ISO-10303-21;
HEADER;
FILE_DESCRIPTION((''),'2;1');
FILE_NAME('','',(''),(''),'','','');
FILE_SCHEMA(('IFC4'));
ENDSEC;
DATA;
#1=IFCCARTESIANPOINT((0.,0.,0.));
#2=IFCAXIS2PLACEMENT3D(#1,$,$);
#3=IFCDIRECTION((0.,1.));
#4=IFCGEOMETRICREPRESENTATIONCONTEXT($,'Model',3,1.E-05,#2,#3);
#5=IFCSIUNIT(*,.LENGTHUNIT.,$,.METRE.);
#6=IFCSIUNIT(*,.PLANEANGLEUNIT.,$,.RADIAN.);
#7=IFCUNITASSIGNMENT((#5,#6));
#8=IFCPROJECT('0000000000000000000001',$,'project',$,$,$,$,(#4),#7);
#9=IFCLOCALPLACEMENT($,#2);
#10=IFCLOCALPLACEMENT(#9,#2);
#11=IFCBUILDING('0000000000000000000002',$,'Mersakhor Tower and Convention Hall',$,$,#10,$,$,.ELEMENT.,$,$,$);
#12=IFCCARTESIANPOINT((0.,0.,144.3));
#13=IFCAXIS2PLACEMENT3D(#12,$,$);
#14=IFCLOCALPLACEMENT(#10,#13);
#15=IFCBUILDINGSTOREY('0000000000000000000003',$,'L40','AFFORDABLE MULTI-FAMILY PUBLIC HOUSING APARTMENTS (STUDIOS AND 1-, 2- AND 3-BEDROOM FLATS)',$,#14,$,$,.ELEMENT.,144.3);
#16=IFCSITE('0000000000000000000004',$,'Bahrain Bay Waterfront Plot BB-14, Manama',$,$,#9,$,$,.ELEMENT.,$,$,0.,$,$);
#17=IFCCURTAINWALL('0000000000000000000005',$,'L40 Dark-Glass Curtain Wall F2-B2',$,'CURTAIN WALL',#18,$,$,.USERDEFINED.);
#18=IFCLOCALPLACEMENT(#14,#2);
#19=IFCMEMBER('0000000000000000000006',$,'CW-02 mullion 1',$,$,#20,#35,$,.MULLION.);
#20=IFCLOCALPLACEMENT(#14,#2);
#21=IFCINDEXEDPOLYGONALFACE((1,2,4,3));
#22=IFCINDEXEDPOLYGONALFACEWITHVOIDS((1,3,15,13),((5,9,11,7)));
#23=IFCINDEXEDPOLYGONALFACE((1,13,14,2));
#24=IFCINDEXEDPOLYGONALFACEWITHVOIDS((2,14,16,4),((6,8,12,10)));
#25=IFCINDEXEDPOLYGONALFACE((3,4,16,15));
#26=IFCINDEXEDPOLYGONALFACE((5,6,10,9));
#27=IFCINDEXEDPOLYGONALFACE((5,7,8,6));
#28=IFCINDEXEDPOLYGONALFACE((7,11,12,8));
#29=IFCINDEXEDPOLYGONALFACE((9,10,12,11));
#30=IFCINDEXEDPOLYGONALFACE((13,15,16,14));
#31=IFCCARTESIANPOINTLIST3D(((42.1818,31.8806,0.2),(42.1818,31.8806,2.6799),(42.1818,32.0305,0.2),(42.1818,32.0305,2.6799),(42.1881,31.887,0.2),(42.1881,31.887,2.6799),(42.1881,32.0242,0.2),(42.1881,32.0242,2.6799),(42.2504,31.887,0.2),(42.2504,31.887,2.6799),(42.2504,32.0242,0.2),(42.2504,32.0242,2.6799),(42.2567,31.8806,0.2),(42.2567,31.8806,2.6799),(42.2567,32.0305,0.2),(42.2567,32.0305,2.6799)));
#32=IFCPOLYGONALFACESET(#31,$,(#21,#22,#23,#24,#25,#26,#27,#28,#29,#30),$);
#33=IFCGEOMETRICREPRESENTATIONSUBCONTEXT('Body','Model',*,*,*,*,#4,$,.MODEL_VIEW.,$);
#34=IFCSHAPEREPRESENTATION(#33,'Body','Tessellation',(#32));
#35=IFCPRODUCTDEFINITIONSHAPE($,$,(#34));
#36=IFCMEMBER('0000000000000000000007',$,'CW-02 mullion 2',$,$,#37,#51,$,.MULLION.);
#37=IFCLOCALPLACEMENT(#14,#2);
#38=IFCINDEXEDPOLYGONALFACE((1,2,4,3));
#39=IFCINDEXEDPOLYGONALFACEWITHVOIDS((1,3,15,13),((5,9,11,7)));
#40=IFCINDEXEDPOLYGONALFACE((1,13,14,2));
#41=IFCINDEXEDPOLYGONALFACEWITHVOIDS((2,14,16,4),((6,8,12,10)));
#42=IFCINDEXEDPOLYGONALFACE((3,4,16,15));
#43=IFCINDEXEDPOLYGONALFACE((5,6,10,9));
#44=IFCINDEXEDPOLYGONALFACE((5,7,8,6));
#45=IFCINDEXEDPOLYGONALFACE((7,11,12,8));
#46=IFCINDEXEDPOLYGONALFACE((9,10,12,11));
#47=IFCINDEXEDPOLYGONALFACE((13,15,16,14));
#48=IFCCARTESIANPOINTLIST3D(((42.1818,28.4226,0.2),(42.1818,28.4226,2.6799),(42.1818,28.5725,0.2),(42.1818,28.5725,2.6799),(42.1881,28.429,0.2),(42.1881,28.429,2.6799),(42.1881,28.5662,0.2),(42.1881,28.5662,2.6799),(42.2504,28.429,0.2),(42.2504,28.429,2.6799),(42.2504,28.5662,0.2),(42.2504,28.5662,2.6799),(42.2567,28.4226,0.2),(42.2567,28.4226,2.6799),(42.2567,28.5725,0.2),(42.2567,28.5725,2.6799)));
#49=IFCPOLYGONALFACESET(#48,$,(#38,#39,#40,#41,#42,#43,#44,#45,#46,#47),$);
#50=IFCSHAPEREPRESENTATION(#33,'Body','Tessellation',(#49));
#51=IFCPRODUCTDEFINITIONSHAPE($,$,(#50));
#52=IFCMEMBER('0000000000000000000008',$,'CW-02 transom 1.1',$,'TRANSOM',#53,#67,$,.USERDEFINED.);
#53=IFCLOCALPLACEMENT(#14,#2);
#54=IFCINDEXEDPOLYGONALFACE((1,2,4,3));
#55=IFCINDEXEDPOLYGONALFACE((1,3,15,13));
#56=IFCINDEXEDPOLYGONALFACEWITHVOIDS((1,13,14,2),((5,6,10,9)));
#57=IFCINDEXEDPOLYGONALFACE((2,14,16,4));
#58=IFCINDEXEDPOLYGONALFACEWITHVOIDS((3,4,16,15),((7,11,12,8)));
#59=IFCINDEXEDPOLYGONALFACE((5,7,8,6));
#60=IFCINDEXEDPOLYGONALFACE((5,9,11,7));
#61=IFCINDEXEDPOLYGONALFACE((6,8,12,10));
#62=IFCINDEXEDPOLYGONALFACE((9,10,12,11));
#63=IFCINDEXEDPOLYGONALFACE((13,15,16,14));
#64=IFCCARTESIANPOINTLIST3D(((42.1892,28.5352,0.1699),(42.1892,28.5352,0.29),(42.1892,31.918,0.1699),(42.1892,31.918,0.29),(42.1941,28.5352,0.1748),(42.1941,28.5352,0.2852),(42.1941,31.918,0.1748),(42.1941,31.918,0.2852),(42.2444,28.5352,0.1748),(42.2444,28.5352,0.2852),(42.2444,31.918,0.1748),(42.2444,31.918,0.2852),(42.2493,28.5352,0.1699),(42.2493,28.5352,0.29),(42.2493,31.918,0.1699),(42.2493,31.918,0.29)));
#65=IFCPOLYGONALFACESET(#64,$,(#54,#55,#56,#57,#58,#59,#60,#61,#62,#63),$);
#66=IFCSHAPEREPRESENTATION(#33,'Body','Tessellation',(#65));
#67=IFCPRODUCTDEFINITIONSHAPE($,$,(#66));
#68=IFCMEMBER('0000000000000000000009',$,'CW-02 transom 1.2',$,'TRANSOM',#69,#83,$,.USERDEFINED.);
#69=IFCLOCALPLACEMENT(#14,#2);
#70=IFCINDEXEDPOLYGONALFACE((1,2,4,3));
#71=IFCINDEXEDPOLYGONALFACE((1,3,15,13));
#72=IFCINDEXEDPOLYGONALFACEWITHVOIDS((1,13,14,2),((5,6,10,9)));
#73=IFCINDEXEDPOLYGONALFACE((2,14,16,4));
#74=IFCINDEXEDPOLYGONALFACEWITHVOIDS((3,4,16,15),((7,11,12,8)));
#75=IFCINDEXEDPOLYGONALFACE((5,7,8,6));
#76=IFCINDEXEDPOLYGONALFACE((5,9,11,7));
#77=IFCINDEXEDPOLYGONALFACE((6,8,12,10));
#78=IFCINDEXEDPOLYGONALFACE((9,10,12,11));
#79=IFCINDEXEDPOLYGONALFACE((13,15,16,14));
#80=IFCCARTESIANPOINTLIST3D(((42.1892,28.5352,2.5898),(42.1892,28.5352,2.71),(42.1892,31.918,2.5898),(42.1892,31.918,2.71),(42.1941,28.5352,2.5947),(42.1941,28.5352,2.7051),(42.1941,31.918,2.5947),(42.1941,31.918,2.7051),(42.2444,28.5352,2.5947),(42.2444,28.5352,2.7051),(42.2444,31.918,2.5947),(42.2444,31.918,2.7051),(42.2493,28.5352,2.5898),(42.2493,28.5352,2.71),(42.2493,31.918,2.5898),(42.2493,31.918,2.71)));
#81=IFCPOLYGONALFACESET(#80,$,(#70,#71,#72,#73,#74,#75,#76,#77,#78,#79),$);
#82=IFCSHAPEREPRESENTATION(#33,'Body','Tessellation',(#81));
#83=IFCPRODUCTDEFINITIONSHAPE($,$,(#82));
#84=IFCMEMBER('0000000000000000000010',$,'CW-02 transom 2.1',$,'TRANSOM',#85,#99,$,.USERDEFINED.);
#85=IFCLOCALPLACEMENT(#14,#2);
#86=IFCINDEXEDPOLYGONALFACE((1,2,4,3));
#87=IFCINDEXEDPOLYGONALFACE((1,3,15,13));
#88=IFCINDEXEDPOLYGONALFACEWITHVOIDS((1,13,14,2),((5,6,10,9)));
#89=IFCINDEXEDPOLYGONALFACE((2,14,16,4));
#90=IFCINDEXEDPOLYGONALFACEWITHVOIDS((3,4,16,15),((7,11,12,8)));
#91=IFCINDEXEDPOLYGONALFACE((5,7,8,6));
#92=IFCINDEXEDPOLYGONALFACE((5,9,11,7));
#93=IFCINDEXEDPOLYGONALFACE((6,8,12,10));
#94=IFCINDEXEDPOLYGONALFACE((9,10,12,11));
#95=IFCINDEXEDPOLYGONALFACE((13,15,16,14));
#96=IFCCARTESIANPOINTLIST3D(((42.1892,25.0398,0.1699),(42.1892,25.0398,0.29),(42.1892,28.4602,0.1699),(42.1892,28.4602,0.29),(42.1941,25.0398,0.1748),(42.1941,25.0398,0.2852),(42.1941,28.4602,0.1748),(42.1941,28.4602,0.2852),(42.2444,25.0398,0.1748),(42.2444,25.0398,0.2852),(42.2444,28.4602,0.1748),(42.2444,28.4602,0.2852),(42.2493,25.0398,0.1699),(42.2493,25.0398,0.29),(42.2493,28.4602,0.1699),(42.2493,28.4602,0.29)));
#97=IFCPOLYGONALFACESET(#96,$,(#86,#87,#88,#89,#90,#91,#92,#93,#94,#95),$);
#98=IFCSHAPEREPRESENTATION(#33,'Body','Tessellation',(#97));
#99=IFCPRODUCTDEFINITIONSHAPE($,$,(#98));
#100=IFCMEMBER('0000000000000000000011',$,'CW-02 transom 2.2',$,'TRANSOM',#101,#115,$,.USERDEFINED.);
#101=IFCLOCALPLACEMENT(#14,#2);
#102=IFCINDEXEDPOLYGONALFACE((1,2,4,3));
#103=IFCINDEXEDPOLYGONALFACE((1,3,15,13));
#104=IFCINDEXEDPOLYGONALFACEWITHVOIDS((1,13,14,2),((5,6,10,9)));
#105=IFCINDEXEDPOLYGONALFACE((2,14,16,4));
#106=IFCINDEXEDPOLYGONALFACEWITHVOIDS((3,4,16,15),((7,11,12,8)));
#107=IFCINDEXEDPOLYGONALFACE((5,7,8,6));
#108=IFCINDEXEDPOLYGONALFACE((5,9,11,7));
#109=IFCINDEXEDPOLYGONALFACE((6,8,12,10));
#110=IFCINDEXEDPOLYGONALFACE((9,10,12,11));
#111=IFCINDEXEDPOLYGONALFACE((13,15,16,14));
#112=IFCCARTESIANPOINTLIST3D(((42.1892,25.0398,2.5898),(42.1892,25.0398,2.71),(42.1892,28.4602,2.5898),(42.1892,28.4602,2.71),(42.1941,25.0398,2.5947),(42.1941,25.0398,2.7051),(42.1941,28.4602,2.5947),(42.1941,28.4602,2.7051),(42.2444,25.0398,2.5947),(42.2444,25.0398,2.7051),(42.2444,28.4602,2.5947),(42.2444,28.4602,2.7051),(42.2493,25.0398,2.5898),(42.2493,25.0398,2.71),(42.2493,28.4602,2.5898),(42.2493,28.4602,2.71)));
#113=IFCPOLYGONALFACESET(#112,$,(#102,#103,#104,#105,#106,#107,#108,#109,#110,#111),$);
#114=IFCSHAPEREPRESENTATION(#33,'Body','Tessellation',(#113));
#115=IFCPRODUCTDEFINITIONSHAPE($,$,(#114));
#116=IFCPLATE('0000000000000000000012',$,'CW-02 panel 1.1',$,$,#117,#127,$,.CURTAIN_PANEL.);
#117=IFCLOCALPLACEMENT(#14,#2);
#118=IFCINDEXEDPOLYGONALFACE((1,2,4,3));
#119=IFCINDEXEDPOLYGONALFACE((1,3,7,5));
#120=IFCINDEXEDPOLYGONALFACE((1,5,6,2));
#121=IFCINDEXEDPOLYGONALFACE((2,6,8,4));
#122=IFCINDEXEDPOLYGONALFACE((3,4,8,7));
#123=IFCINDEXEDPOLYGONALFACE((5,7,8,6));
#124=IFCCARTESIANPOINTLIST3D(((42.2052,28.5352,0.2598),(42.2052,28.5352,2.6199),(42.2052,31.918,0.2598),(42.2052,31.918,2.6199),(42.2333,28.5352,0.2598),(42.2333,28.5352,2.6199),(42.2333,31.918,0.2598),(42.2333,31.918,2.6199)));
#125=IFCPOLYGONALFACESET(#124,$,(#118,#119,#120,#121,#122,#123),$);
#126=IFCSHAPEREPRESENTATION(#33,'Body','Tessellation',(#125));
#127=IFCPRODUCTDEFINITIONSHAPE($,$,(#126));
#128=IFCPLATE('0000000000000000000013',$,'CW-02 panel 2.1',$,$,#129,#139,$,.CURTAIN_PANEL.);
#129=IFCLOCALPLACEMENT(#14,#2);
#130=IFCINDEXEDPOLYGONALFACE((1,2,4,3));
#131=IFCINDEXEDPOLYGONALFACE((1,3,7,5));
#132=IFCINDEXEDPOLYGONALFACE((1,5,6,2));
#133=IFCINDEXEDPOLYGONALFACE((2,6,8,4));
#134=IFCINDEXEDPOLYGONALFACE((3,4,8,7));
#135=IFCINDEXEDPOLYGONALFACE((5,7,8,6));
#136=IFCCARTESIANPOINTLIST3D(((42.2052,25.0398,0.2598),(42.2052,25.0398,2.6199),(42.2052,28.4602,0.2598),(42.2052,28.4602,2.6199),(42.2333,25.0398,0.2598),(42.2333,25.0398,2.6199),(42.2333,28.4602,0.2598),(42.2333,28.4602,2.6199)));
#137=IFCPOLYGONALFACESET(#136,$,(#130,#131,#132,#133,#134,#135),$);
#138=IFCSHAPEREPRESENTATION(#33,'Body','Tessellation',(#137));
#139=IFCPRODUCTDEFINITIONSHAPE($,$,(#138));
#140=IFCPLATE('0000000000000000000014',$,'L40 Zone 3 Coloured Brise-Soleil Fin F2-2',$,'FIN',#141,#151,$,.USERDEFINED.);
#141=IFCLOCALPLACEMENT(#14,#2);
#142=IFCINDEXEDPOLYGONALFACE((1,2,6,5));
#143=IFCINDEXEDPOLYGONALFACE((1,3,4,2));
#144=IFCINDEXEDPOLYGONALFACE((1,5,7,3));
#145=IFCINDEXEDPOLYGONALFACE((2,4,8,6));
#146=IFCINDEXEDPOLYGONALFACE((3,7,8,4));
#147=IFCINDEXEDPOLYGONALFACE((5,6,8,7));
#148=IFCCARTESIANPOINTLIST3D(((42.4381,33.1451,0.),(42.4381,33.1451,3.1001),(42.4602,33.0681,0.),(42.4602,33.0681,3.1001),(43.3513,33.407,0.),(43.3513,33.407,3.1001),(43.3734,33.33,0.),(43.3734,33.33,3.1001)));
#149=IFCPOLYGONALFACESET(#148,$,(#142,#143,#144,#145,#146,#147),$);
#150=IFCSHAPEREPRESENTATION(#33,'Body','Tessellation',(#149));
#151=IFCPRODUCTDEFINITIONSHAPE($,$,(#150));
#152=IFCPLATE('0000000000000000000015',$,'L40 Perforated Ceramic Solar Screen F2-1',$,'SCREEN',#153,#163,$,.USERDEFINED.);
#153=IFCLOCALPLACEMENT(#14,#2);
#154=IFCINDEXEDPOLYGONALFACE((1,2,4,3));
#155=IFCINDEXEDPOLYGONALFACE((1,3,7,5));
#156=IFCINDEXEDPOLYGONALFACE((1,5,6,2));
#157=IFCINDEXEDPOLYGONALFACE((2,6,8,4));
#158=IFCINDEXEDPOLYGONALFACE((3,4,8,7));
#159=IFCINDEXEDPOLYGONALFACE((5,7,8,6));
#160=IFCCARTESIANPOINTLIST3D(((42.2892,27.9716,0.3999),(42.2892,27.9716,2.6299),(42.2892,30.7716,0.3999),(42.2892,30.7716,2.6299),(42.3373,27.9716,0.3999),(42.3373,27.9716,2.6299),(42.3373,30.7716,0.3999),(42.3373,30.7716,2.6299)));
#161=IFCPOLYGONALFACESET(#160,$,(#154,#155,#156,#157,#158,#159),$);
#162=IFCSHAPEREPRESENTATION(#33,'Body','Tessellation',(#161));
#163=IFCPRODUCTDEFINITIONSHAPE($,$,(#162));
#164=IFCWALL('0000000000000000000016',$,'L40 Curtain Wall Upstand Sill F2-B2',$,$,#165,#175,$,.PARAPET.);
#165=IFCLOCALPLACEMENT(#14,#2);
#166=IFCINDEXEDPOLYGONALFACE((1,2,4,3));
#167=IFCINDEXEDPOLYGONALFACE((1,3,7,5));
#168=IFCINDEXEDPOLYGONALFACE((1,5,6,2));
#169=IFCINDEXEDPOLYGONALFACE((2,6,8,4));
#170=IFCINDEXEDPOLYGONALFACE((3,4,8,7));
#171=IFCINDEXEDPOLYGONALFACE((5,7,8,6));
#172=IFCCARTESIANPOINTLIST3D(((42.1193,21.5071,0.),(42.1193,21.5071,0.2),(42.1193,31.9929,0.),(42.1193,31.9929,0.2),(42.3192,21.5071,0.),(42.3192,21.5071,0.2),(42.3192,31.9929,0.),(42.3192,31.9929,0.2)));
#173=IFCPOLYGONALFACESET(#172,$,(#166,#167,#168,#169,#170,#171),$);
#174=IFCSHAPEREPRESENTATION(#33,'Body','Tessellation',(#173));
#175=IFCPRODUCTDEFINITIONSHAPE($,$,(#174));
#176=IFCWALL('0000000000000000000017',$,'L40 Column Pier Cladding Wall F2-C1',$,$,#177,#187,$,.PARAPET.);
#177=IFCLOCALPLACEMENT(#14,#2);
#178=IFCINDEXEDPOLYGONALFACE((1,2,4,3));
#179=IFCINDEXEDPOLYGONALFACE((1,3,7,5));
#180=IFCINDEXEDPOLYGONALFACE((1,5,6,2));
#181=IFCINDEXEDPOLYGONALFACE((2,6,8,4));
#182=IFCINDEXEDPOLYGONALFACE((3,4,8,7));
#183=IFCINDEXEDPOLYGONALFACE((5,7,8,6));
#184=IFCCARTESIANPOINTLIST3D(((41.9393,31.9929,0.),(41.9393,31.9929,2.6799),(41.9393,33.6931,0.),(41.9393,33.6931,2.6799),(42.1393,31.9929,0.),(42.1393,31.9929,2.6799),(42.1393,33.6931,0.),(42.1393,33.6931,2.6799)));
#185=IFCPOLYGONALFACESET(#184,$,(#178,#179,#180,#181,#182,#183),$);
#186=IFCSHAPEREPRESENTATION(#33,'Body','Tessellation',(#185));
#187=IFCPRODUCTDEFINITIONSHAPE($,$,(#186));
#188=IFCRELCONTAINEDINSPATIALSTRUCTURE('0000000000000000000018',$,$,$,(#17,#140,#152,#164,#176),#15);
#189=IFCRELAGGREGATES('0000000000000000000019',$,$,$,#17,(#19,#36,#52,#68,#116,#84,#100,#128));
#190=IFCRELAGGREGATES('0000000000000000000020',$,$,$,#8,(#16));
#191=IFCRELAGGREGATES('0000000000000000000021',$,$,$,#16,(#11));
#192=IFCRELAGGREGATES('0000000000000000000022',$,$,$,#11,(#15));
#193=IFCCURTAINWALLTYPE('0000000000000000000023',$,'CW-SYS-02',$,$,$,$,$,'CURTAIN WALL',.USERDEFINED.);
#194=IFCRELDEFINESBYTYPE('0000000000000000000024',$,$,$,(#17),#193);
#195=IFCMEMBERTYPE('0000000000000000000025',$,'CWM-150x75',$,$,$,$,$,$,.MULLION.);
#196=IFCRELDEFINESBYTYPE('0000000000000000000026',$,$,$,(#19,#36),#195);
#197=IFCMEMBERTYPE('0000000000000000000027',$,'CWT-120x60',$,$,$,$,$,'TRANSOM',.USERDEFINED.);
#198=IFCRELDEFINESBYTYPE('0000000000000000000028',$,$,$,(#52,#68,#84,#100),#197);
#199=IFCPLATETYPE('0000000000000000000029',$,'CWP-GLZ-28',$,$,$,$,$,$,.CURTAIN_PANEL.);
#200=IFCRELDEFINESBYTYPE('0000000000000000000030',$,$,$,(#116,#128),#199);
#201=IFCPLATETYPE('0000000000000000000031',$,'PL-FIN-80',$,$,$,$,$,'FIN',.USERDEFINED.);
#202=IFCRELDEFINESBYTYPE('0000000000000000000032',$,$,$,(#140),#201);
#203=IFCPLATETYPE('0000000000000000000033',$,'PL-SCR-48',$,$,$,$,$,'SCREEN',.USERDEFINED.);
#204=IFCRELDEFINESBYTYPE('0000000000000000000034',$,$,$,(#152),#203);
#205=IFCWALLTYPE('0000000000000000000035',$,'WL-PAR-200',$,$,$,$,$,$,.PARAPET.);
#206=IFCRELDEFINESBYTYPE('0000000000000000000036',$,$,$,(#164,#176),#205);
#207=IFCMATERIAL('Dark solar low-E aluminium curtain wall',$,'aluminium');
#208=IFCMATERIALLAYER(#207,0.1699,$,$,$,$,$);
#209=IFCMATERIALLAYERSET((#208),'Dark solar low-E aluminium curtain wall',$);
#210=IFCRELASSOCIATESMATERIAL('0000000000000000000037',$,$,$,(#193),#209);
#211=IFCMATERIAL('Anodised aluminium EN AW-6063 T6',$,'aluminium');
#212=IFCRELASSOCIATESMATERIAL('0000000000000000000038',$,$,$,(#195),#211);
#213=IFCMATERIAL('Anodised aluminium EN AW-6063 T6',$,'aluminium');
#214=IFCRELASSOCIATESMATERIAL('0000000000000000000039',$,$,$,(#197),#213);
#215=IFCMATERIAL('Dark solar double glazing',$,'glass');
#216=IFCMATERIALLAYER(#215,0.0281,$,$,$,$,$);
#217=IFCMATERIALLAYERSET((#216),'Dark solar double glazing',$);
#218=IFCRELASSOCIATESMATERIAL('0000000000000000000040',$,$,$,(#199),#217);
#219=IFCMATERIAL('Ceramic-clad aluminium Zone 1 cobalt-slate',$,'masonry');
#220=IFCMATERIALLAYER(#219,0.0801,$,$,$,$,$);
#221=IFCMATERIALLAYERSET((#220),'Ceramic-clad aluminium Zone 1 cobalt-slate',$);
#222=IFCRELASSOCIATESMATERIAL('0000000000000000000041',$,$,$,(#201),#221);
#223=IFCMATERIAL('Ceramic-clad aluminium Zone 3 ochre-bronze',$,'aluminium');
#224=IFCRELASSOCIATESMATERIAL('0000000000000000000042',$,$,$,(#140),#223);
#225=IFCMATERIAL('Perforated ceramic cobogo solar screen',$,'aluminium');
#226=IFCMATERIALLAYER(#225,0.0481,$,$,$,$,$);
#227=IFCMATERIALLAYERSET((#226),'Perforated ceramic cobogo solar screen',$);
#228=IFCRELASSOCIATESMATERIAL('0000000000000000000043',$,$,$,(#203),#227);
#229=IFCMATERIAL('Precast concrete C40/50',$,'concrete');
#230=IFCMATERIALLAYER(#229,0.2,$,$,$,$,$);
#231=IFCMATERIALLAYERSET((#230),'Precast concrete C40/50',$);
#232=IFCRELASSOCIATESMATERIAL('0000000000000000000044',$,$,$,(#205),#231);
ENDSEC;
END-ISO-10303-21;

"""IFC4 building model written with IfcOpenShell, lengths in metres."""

from ifc_helpers import new_model, si_unit, direction, frame, frame_2d, origin, origin_2d, place, context, subcontext, project, spatial, rectangle, hollow_rectangle, extrude, material, layer, layer_set, material_profile, profile_set, type_object, element, aggregate, save


model = new_model("IFC4")

# Units and contexts
model_context = context("Model", 3, precision=1e-05, world=origin(), true_north=direction((0.0, 1.0)))
body_context = subcontext(model_context, "Body", "Model", "MODEL_VIEW")
ifc_project = project(units=[si_unit("LENGTHUNIT", "METRE"), si_unit("PLANEANGLEUNIT", "RADIAN")], contexts=[model_context])

# Site, building, storey
site_placement = place(None, origin())
site = spatial("IfcSite", under=ifc_project, at=site_placement, Name="Bahrain Bay Waterfront Plot BB-14, Manama", CompositionType="ELEMENT", RefElevation=0.0)
building_placement = place(site_placement, origin())
building = spatial("IfcBuilding", under=site, at=building_placement, Name="Mersakhor Tower and Convention Hall", CompositionType="ELEMENT")
storey_placement = place(building_placement, frame((0.0, 0.0, 144.3)))
storey = spatial("IfcBuildingStorey", under=building, at=storey_placement, Name="L40", Description="AFFORDABLE MULTI-FAMILY PUBLIC HOUSING APARTMENTS (STUDIOS AND 1-, 2- AND 3-BEDROOM FLATS)", CompositionType="ELEMENT", Elevation=144.3)

# Curtain wall, members, plates
ifc_material_1 = material(Name="Dark solar low-E aluminium curtain wall", Category="aluminium")
ifc_layer_1 = layer(ifc_material_1, 0.1699)
ifc_layer_set_1 = layer_set([ifc_layer_1], Name="Dark solar low-E aluminium curtain wall")
curtain_wall_type = type_object("IfcCurtainWallType", Name="CW-SYS-02", ElementType="CURTAIN WALL", PredefinedType="USERDEFINED", material=ifc_layer_set_1)
curtain_wall_placement = place(storey_placement, origin())
curtain_wall = element("IfcCurtainWall", 1, at=curtain_wall_placement, inside=storey, type_object=curtain_wall_type, Name="L40 Dark-Glass Curtain Wall F2-B2", ObjectType="CURTAIN WALL", PredefinedType="USERDEFINED")
ifc_material_2 = material(Name="Anodised aluminium EN AW-6063 T6", Category="aluminium")
ifc_material_profile_1 = material_profile(ifc_material_2, hollow_rectangle(XDim=0.075, YDim=0.1499, WallThickness=0.0063, at=origin_2d()), Name="RHS 150x75x6.3")
ifc_profile_set_1 = profile_set([ifc_material_profile_1], Name="Anodised aluminium EN AW-6063 T6")
member_type_1 = type_object("IfcMemberType", Name="CWM-150x75", PredefinedType="MULLION", material=ifc_profile_set_1)
member_1_placement = place(storey_placement, frame((42.2192, 31.9556, 0.2), z_axis=(0.0, 0.0, 1.0), x_axis=(1.0, 0.0, 0.0)))
member_1 = element("IfcMember", 2, at=member_1_placement, type_object=member_type_1, Name="CW-02 mullion 1", PredefinedType="MULLION", context=body_context, shape_type="SweptSolid", body=[
    extrude(hollow_rectangle(XDim=0.075, YDim=0.1499, WallThickness=0.0063, at=origin_2d()), origin(), (0.0, 0.0, 1.0), 2.48),
])
member_2_placement = place(storey_placement, frame((42.2192, 28.4976, 0.2), z_axis=(0.0, 0.0, 1.0), x_axis=(1.0, 0.0, 0.0)))
member_2 = element("IfcMember", 3, at=member_2_placement, type_object=member_type_1, Name="CW-02 mullion 2", PredefinedType="MULLION", context=body_context, shape_type="SweptSolid", body=[
    extrude(hollow_rectangle(XDim=0.075, YDim=0.1499, WallThickness=0.0063, at=origin_2d()), origin(), (0.0, 0.0, 1.0), 2.48),
])
ifc_material_3 = material(Name="Anodised aluminium EN AW-6063 T6", Category="aluminium")
ifc_material_profile_2 = material_profile(ifc_material_3, hollow_rectangle(XDim=0.0601, YDim=0.1201, WallThickness=0.0049, at=origin_2d()), Name="RHS 120x60x5")
ifc_profile_set_2 = profile_set([ifc_material_profile_2], Name="Anodised aluminium EN AW-6063 T6")
member_type_2 = type_object("IfcMemberType", Name="CWT-120x60", ElementType="TRANSOM", PredefinedType="USERDEFINED", material=ifc_profile_set_2)
member_3_placement = place(storey_placement, frame((42.2192, 31.918, 0.23), z_axis=(0.0, -1.0, 0.0), x_axis=(1.0, 0.0, 0.0)))
member_3 = element("IfcMember", 4, at=member_3_placement, type_object=member_type_2, Name="CW-02 transom 1.1", ObjectType="TRANSOM", PredefinedType="USERDEFINED", context=body_context, shape_type="SweptSolid", body=[
    extrude(hollow_rectangle(XDim=0.0601, YDim=0.1201, WallThickness=0.0049, at=origin_2d()), origin(), (0.0, 0.0, 1.0), 3.3828),
])
member_4_placement = place(storey_placement, frame((42.2192, 31.918, 2.6499), z_axis=(0.0, -1.0, 0.0), x_axis=(1.0, 0.0, 0.0)))
member_4 = element("IfcMember", 5, at=member_4_placement, type_object=member_type_2, Name="CW-02 transom 1.2", ObjectType="TRANSOM", PredefinedType="USERDEFINED", context=body_context, shape_type="SweptSolid", body=[
    extrude(hollow_rectangle(XDim=0.0601, YDim=0.1201, WallThickness=0.0049, at=origin_2d()), origin(), (0.0, 0.0, 1.0), 3.3828),
])
member_5_placement = place(storey_placement, frame((42.2192, 28.4602, 0.23), z_axis=(0.0, -1.0, 0.0), x_axis=(1.0, 0.0, 0.0)))
member_5 = element("IfcMember", 6, at=member_5_placement, type_object=member_type_2, Name="CW-02 transom 2.1", ObjectType="TRANSOM", PredefinedType="USERDEFINED", context=body_context, shape_type="SweptSolid", body=[
    extrude(hollow_rectangle(XDim=0.0601, YDim=0.1201, WallThickness=0.0049, at=origin_2d()), origin(), (0.0, 0.0, 1.0), 3.4204),
])
member_6_placement = place(storey_placement, frame((42.2192, 28.4602, 2.6499), z_axis=(0.0, -1.0, 0.0), x_axis=(1.0, 0.0, 0.0)))
member_6 = element("IfcMember", 7, at=member_6_placement, type_object=member_type_2, Name="CW-02 transom 2.2", ObjectType="TRANSOM", PredefinedType="USERDEFINED", context=body_context, shape_type="SweptSolid", body=[
    extrude(hollow_rectangle(XDim=0.0601, YDim=0.1201, WallThickness=0.0049, at=origin_2d()), origin(), (0.0, 0.0, 1.0), 3.4204),
])
ifc_material_4 = material(Name="Dark solar double glazing", Category="glass")
ifc_layer_2 = layer(ifc_material_4, 0.0281)
ifc_layer_set_2 = layer_set([ifc_layer_2], Name="Dark solar double glazing")
plate_type_1 = type_object("IfcPlateType", Name="CWP-GLZ-28", PredefinedType="CURTAIN_PANEL", material=ifc_layer_set_2)
plate_1_placement = place(storey_placement, frame((42.2192, 30.2266, 0.2598), z_axis=(0.0, 0.0, 1.0), x_axis=(0.0, -1.0, 0.0)))
plate_1 = element("IfcPlate", 8, at=plate_1_placement, type_object=plate_type_1, Name="CW-02 panel 1.1", PredefinedType="CURTAIN_PANEL", context=body_context, shape_type="SweptSolid", body=[
    extrude(rectangle(XDim=3.3828, YDim=0.0281, at=origin_2d()), origin(), (0.0, 0.0, 1.0), 2.3601),
])
plate_2_placement = place(storey_placement, frame((42.2192, 26.75, 0.2598), z_axis=(0.0, 0.0, 1.0), x_axis=(0.0, -1.0, 0.0)))
plate_2 = element("IfcPlate", 9, at=plate_2_placement, type_object=plate_type_1, Name="CW-02 panel 2.1", PredefinedType="CURTAIN_PANEL", context=body_context, shape_type="SweptSolid", body=[
    extrude(rectangle(XDim=3.4204, YDim=0.0281, at=origin_2d()), origin(), (0.0, 0.0, 1.0), 2.3601),
])
aggregate(curtain_wall, [member_1, member_2, member_3, member_4, plate_1, member_5, member_6, plate_2])

# Plates
ifc_material_5 = material(Name="Ceramic-clad aluminium Zone 3 ochre-bronze", Category="aluminium")
ifc_material_6 = material(Name="Ceramic-clad aluminium Zone 1 cobalt-slate", Category="masonry")
ifc_layer_3 = layer(ifc_material_6, 0.0801)
ifc_layer_set_3 = layer_set([ifc_layer_3], Name="Ceramic-clad aluminium Zone 1 cobalt-slate")
plate_type_2 = type_object("IfcPlateType", Name="PL-FIN-80", ElementType="FIN", PredefinedType="USERDEFINED", material=ifc_layer_set_3)
plate_3_placement = place(storey_placement, frame((42.9058, 33.2375, 0.0), z_axis=(0.0, 0.0, 1.0), x_axis=(0.961262, 0.275637, 0.0)))
element("IfcPlate", 10, at=plate_3_placement, inside=storey, type_object=plate_type_2, material=ifc_material_5, Name="L40 Zone 3 Coloured Brise-Soleil Fin F2-2", ObjectType="FIN", PredefinedType="USERDEFINED", context=body_context, shape_type="SweptSolid", body=[
    extrude(rectangle(XDim=0.95, YDim=0.0801, at=origin_2d()), origin(), (0.0, 0.0, 1.0), 3.1001),
])
ifc_material_7 = material(Name="Perforated ceramic cobogo solar screen", Category="aluminium")
ifc_layer_4 = layer(ifc_material_7, 0.0481)
ifc_layer_set_4 = layer_set([ifc_layer_4], Name="Perforated ceramic cobogo solar screen")
plate_type_3 = type_object("IfcPlateType", Name="PL-SCR-48", ElementType="SCREEN", PredefinedType="USERDEFINED", material=ifc_layer_set_4)
plate_4_placement = place(storey_placement, frame((42.3132, 29.3716, 0.3999), z_axis=(0.0, 0.0, 1.0), x_axis=(0.0, -1.0, 0.0)))
element("IfcPlate", 11, at=plate_4_placement, inside=storey, type_object=plate_type_3, Name="L40 Perforated Ceramic Solar Screen F2-1", ObjectType="SCREEN", PredefinedType="USERDEFINED", context=body_context, shape_type="SweptSolid", body=[
    extrude(rectangle(XDim=2.8, YDim=0.0481, at=origin_2d()), origin(), (0.0, 0.0, 1.0), 2.23),
])

# Walls
ifc_material_8 = material(Name="Precast concrete C40/50", Category="concrete")
ifc_layer_5 = layer(ifc_material_8, 0.2)
ifc_layer_set_5 = layer_set([ifc_layer_5], Name="Precast concrete C40/50")
wall_type_1 = type_object("IfcWallType", Name="WL-PAR-200", PredefinedType="PARAPET", material=ifc_layer_set_5)
wall_1_placement = place(storey_placement, frame((42.2192, 31.9929, 0.0), z_axis=(0.0, 0.0, 1.0), x_axis=(0.0, -1.0, 0.0)))
element("IfcWall", 12, at=wall_1_placement, inside=storey, type_object=wall_type_1, Name="L40 Curtain Wall Upstand Sill F2-B2", PredefinedType="PARAPET", context=body_context, shape_type="SweptSolid", body=[
    extrude(rectangle(XDim=10.4858, YDim=0.2, at=frame_2d((5.2429, 0.0))), origin(), (0.0, 0.0, 1.0), 0.2),
])
wall_2_placement = place(storey_placement, frame((42.0393, 33.6931, 0.0), z_axis=(0.0, 0.0, 1.0), x_axis=(0.0, -1.0, 0.0)))
element("IfcWall", 13, at=wall_2_placement, inside=storey, type_object=wall_type_1, Name="L40 Column Pier Cladding Wall F2-C1", PredefinedType="PARAPET", context=body_context, shape_type="SweptSolid", body=[
    extrude(rectangle(XDim=1.7002, YDim=0.2, at=frame_2d((0.8501, 0.0))), origin(), (0.0, 0.0, 1.0), 2.6799),
])

save(model, "model.ifc")
